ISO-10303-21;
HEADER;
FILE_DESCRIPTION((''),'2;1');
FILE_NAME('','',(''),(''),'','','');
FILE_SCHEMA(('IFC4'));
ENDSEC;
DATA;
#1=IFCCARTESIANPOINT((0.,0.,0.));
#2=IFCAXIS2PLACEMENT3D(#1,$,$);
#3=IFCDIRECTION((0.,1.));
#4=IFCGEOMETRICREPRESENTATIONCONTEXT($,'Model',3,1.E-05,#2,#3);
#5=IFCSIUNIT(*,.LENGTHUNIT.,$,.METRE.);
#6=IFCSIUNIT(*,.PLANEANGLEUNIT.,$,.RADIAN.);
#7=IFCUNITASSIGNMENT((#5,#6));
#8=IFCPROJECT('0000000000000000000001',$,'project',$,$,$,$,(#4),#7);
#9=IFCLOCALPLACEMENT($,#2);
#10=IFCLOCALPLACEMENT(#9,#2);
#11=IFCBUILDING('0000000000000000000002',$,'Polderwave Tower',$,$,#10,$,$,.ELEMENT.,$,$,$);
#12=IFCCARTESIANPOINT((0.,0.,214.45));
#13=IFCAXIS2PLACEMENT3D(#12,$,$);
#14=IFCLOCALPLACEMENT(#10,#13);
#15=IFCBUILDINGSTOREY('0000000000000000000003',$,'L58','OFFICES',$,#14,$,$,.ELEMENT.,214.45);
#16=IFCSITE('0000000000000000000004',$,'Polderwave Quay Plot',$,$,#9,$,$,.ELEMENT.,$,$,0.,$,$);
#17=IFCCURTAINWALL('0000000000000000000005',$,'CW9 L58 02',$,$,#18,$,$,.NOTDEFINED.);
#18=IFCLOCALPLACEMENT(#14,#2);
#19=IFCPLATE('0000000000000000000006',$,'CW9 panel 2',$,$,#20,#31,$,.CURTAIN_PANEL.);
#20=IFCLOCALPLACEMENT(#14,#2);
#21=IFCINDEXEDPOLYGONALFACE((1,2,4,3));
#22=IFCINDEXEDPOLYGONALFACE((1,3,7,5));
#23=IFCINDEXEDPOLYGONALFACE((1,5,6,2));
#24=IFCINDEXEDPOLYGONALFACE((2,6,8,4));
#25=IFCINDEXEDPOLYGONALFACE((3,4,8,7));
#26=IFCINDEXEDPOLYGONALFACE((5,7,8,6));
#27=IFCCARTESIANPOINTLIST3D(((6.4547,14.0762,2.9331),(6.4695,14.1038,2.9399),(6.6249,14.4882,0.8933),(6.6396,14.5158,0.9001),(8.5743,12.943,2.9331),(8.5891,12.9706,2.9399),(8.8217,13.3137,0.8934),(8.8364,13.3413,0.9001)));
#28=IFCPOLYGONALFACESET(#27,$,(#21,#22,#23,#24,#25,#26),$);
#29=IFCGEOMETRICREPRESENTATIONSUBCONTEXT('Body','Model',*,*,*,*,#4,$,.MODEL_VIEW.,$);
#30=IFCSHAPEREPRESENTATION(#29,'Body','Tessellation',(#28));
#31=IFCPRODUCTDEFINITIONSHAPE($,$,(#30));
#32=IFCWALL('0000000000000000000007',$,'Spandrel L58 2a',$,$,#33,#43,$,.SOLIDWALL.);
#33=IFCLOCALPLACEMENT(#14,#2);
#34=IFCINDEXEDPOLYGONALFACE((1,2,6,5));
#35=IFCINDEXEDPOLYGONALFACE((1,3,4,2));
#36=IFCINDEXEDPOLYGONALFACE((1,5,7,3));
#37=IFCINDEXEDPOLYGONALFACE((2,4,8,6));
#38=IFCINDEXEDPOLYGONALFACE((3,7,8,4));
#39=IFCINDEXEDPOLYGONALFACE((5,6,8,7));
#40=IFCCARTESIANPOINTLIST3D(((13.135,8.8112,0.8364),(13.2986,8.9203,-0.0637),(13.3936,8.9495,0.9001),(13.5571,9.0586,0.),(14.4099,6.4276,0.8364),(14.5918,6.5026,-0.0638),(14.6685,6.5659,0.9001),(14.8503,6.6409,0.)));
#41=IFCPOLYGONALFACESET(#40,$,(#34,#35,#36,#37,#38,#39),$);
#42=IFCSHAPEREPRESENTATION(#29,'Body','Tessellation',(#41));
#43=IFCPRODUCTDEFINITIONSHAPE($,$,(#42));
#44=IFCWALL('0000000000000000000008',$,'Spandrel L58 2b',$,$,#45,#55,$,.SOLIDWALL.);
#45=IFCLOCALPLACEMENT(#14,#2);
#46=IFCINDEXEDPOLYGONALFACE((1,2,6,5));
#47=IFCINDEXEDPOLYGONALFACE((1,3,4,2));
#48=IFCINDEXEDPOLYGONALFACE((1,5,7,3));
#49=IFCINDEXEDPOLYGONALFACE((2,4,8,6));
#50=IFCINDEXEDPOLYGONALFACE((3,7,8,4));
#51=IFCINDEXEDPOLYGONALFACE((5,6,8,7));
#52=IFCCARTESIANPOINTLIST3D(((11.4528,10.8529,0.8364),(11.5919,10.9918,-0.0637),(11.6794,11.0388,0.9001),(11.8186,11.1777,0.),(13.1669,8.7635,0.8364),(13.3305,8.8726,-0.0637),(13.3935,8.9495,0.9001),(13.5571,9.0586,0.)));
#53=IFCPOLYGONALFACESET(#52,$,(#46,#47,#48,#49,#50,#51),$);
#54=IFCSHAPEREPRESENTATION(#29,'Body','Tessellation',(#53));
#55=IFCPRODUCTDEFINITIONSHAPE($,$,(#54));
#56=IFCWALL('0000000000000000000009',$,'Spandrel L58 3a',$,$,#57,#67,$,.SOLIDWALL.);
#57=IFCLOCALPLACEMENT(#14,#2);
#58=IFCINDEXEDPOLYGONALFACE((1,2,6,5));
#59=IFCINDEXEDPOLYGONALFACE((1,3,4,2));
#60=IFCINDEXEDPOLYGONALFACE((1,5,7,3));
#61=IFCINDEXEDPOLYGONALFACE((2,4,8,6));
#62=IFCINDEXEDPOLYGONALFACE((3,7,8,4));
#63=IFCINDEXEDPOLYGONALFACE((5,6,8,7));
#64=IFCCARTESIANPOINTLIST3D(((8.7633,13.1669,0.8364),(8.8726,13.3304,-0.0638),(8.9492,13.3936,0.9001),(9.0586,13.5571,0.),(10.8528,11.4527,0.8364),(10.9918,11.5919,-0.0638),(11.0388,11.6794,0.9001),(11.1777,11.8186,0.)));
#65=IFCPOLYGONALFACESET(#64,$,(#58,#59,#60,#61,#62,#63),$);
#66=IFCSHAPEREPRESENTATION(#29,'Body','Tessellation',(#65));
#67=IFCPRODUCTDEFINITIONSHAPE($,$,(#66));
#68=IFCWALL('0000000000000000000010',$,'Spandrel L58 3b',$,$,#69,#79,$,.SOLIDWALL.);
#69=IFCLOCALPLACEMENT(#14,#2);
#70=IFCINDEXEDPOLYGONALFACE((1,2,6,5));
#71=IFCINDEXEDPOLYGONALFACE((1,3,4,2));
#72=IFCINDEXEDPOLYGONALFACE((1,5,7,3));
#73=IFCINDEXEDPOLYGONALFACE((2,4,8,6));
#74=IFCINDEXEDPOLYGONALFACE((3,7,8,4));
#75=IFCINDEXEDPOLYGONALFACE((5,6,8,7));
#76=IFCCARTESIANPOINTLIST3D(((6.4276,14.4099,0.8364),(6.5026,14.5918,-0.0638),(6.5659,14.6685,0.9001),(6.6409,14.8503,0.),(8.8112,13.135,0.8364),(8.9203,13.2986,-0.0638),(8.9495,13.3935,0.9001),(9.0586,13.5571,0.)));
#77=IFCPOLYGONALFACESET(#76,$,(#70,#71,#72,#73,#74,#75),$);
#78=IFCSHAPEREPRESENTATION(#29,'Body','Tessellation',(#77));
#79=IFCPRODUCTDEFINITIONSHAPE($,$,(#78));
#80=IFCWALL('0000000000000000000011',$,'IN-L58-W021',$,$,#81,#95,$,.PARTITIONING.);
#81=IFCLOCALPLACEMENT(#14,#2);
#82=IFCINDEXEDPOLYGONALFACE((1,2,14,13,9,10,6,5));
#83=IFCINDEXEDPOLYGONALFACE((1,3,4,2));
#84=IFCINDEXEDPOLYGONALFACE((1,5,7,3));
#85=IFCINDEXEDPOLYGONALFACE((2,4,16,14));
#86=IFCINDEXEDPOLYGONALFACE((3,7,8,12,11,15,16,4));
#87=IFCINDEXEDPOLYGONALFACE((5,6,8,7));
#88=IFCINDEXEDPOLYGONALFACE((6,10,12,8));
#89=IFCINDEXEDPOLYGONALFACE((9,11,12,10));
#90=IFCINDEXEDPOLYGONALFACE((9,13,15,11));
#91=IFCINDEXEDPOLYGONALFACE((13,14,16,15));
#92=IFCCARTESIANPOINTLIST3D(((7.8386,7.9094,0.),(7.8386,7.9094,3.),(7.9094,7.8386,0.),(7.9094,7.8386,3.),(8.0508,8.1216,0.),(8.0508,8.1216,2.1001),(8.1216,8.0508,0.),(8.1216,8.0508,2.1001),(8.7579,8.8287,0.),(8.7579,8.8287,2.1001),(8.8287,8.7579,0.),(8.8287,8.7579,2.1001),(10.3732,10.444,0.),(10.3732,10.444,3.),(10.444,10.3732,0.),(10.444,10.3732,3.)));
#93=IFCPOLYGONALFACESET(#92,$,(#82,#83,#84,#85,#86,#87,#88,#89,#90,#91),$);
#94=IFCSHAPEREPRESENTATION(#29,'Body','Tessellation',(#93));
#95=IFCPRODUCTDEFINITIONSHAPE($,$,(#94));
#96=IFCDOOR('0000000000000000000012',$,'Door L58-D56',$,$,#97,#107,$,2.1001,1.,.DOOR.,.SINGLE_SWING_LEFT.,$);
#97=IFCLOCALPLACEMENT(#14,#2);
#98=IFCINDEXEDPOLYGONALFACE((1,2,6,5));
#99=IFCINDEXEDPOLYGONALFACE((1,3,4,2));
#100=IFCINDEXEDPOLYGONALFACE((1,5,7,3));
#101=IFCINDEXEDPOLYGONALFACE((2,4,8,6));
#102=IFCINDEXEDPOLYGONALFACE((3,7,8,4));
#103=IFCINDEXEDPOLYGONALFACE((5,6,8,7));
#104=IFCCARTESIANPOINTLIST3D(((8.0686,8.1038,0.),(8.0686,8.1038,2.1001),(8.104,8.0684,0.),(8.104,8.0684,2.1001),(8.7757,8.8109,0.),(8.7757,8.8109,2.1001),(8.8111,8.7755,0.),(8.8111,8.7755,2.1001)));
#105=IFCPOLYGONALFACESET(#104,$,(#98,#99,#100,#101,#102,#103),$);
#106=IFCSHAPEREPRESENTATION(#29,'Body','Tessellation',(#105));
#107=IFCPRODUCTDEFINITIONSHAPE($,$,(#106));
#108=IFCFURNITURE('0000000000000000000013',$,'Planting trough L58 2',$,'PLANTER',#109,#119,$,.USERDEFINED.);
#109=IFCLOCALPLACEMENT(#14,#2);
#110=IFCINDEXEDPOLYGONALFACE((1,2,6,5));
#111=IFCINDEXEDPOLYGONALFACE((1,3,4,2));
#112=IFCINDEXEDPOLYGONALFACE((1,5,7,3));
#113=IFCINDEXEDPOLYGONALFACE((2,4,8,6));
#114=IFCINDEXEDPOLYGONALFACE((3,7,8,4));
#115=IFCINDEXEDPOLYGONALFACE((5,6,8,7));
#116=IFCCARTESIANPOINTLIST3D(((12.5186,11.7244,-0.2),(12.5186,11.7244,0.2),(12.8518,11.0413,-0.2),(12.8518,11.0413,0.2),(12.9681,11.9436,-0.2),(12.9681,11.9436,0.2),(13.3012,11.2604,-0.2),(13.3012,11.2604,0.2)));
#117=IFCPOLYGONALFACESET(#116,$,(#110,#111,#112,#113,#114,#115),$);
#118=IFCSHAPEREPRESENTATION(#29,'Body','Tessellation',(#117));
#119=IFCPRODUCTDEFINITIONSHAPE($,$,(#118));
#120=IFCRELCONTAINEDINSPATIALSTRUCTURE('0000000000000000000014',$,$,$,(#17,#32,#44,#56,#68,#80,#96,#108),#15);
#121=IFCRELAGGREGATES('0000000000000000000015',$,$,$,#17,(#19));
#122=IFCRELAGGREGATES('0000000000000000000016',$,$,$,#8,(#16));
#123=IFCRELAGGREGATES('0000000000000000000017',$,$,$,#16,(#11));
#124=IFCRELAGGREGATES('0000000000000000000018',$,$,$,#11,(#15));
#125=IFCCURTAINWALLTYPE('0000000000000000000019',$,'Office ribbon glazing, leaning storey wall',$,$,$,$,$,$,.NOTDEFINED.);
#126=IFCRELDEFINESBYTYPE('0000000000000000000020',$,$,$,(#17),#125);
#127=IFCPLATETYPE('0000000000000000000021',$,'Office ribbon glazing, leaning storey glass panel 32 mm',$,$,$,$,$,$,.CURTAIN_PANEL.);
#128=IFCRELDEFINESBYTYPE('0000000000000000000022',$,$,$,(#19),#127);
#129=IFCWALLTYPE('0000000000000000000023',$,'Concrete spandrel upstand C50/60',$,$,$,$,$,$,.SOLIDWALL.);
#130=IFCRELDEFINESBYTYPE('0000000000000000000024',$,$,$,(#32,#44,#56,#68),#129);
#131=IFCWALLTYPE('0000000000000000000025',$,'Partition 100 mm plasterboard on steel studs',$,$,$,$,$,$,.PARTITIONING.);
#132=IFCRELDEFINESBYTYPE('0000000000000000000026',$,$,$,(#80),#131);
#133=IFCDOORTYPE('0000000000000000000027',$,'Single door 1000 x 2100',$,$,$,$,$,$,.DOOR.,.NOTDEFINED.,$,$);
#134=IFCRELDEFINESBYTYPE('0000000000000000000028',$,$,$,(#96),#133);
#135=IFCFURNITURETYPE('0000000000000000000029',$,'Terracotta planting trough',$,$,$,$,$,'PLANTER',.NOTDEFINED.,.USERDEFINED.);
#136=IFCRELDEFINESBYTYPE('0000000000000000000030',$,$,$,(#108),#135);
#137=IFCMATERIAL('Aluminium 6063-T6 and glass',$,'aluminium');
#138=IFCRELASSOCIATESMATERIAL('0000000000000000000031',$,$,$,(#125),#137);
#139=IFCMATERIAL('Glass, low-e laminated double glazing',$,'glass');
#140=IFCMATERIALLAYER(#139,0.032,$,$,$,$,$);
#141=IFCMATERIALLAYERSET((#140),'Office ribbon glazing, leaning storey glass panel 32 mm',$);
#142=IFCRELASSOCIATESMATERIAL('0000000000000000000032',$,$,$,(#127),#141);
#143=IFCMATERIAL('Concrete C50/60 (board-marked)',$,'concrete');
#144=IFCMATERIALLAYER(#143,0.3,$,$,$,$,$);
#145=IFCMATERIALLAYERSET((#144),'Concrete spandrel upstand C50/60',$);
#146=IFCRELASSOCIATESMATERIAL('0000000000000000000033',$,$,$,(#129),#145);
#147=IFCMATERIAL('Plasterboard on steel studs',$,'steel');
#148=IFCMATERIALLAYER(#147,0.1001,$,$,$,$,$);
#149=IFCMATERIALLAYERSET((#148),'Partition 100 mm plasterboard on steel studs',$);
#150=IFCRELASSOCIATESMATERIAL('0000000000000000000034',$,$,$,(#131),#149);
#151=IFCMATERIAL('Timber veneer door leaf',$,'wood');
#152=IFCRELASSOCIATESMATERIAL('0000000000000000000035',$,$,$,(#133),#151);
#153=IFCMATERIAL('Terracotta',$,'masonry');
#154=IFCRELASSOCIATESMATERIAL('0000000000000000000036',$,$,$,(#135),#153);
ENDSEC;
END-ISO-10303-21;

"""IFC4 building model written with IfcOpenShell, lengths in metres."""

from ifc_helpers import new_model, si_unit, direction, frame, frame_2d, origin, origin_2d, place, context, subcontext, project, spatial, polyline, rectangle, outline, extrude, material, layer, layer_set, type_object, element, fill, aggregate, save


model = new_model("IFC4")

# Units and contexts
model_context = context("Model", 3, precision=1e-05, world=origin(), true_north=direction((0.0, 1.0)))
body_context = subcontext(model_context, "Body", "Model", "MODEL_VIEW")
ifc_project = project(units=[si_unit("LENGTHUNIT", "METRE"), si_unit("PLANEANGLEUNIT", "RADIAN")], contexts=[model_context])

# Site, building, storey
site_placement = place(None, origin())
site = spatial("IfcSite", under=ifc_project, at=site_placement, Name="Polderwave Quay Plot", CompositionType="ELEMENT", RefElevation=0.0)
building_placement = place(site_placement, origin())
building = spatial("IfcBuilding", under=site, at=building_placement, Name="Polderwave Tower", CompositionType="ELEMENT")
storey_placement = place(building_placement, frame((0.0, 0.0, 214.45)))
storey = spatial("IfcBuildingStorey", under=building, at=storey_placement, Name="L58", Description="OFFICES", CompositionType="ELEMENT", Elevation=214.45)

# Curtain wall
ifc_material_1 = material(Name="Aluminium 6063-T6 and glass", Category="aluminium")
curtain_wall_type = type_object("IfcCurtainWallType", Name="Office ribbon glazing, leaning storey wall", PredefinedType="NOTDEFINED", material=ifc_material_1)
curtain_wall_1_placement = place(storey_placement, origin())
curtain_wall_1 = element("IfcCurtainWall", 1, at=curtain_wall_1_placement, inside=storey, type_object=curtain_wall_type, Name="CW9 L58 02", PredefinedType="NOTDEFINED")

# Plate
ifc_material_2 = material(Name="Glass, low-e laminated double glazing", Category="glass")
ifc_layer_1 = layer(ifc_material_2, 0.032)
ifc_layer_set_1 = layer_set([ifc_layer_1], Name="Office ribbon glazing, leaning storey glass panel 32 mm")
plate_type = type_object("IfcPlateType", Name="Office ribbon glazing, leaning storey glass panel 32 mm", PredefinedType="CURTAIN_PANEL", material=ifc_layer_set_1)
plate_1_placement = place(storey_placement, frame((8.8364, 13.3413, 0.9001), z_axis=(0.460702, 0.861745, 0.212481), x_axis=(-0.881882, 0.47147, -0.00001)))
plate_1 = element("IfcPlate", 2, at=plate_1_placement, type_object=plate_type, Name="CW9 panel 2", PredefinedType="CURTAIN_PANEL", context=body_context, shape_type="SweptSolid", body=[
    extrude(outline(polyline([(0.0, 0.0), (2.4911, 0.0), (2.4468, 2.0875), (0.0434, 2.0874), (0.0, 0.0)])), origin(), (0.0, 0.0, -1.0), 0.032),
])
aggregate(curtain_wall_1, [plate_1])

# Walls
ifc_material_3 = material(Name="Concrete C50/60 (board-marked)", Category="concrete")
ifc_layer_2 = layer(ifc_material_3, 0.3)
ifc_layer_set_2 = layer_set([ifc_layer_2], Name="Concrete spandrel upstand C50/60")
wall_type_1 = type_object("IfcWallType", Name="Concrete spandrel upstand C50/60", PredefinedType="SOLIDWALL", material=ifc_layer_set_2)
wall_1_placement = place(storey_placement, frame((14.8503, 6.6409, 0.0), z_axis=(0.861652, 0.460883, 0.212469), x_axis=(-0.471652, 0.881785, 0.000001)))
element("IfcWall", 3, at=wall_1_placement, inside=storey, type_object=wall_type_1, Name="Spandrel L58 2a", PredefinedType="SOLIDWALL", context=body_context, shape_type="SweptSolid", body=[
    extrude(outline(polyline([(0.0, 0.0), (2.7419, 0.0), (2.7228, 0.9212), (0.0197, 0.9212), (0.0, 0.0)])), origin(), (0.0, 0.0, -1.0), 0.3),
])
wall_2_placement = place(storey_placement, frame((13.5571, 9.0586, 0.0), z_axis=(0.755471, 0.619786, 0.212434), x_axis=(-0.634263, 0.773117, -0.000001)))
element("IfcWall", 4, at=wall_2_placement, inside=storey, type_object=wall_type_1, Name="Spandrel L58 2b", PredefinedType="SOLIDWALL", context=body_context, shape_type="SweptSolid", body=[
    extrude(outline(polyline([(0.0, 0.0), (2.741, 0.0), (2.7219, 0.9212), (0.0194, 0.9212), (0.0, 0.0)])), origin(), (0.0, 0.0, -1.0), 0.3),
])
wall_3_placement = place(storey_placement, frame((11.1777, 11.8186, 0.0), z_axis=(0.619754, 0.755475, 0.212514), x_axis=(-0.773135, 0.634242, -0.000005)))
element("IfcWall", 5, at=wall_3_placement, inside=storey, type_object=wall_type_1, Name="Spandrel L58 3a", PredefinedType="SOLIDWALL", context=body_context, shape_type="SweptSolid", body=[
    extrude(outline(polyline([(0.0, 0.0), (2.741, 0.0), (2.7218, 0.9212), (0.0191, 0.9212), (0.0, 0.0)])), origin(), (0.0, 0.0, -1.0), 0.3),
])
wall_4_placement = place(storey_placement, frame((9.0586, 13.5571, 0.0), z_axis=(0.460883, 0.861652, 0.212469), x_axis=(-0.881785, 0.471652, -0.000001)))
element("IfcWall", 6, at=wall_4_placement, inside=storey, type_object=wall_type_1, Name="Spandrel L58 3b", PredefinedType="SOLIDWALL", context=body_context, shape_type="SweptSolid", body=[
    extrude(outline(polyline([(0.0, 0.0), (2.7419, 0.0), (2.7222, 0.9212), (0.0191, 0.9212), (0.0, 0.0)])), origin(), (0.0, 0.0, -1.0), 0.3),
])

# Wall, opening, door
ifc_material_4 = material(Name="Plasterboard on steel studs", Category="steel")
ifc_layer_3 = layer(ifc_material_4, 0.1001)
ifc_layer_set_3 = layer_set([ifc_layer_3], Name="Partition 100 mm plasterboard on steel studs")
wall_type_2 = type_object("IfcWallType", Name="Partition 100 mm plasterboard on steel studs", PredefinedType="PARTITIONING", material=ifc_layer_set_3)
wall_5_placement = place(storey_placement, frame((7.874, 7.874, 0.0), z_axis=(0.0, 0.0, 1.0), x_axis=(0.707107, 0.707107, 0.0)))
wall_5 = element("IfcWall", 7, at=wall_5_placement, inside=storey, type_object=wall_type_2, Name="IN-L58-W021", PredefinedType="PARTITIONING", context=body_context, shape_type="SweptSolid", body=[
    extrude(rectangle(XDim=3.5845, YDim=0.1001, at=frame_2d((1.7922, 0.0))), origin(), (0.0, 0.0, 1.0), 3.0),
])
opening_placement = place(wall_5_placement, frame((0.3, 0.0, 0.0)))
opening = element("IfcOpeningElement", 8, at=opening_placement, cuts=wall_5, PredefinedType="OPENING", context=body_context, shape_type="SweptSolid", body=[
    extrude(rectangle(XDim=1.0, YDim=2.1001, at=frame_2d((0.5, 1.05))), frame((0.0, 0.0601, 0.0), z_axis=(0.0, -1.0, 0.0), x_axis=(1.0, 0.0, 0.0)), (0.0, 0.0, 1.0), 0.1201),
])
ifc_material_5 = material(Name="Timber veneer door leaf", Category="wood")
door_type = type_object("IfcDoorType", Name="Single door 1000 x 2100", OperationType="NOTDEFINED", PredefinedType="DOOR", material=ifc_material_5)
door_placement = place(opening_placement, origin())
door = element("IfcDoor", 9, at=door_placement, inside=storey, type_object=door_type, Name="Door L58-D56", OperationType="SINGLE_SWING_LEFT", OverallHeight=2.1001, OverallWidth=1.0, PredefinedType="DOOR", context=body_context, shape_type="SweptSolid", body=[
    extrude(rectangle(XDim=1.0, YDim=2.1001, at=frame_2d((0.5, 1.05))), frame((0.0, 0.0249, 0.0), z_axis=(0.0, -1.0, 0.0), x_axis=(1.0, 0.0, 0.0)), (0.0, 0.0, 1.0), 0.05),
])
fill(opening, door)

# Furniture
ifc_material_6 = material(Name="Terracotta", Category="masonry")
furniture_type = type_object("IfcFurnitureType", Name="Terracotta planting trough", ElementType="PLANTER", AssemblyPlace="NOTDEFINED", PredefinedType="USERDEFINED", material=ifc_material_6)
furniture_placement = place(storey_placement, frame((12.9099, 11.4924, -0.2), z_axis=(0.0, 0.0, 1.0), x_axis=(-0.438302, 0.898828, 0.0)))
element("IfcFurniture", 10, at=furniture_placement, inside=storey, type_object=furniture_type, Name="Planting trough L58 2", ObjectType="PLANTER", PredefinedType="USERDEFINED", context=body_context, shape_type="SweptSolid", body=[
    extrude(rectangle(XDim=0.76, YDim=0.5, at=origin_2d()), origin(), (0.0, 0.0, 1.0), 0.3999),
])

save(model, "model.ifc")
